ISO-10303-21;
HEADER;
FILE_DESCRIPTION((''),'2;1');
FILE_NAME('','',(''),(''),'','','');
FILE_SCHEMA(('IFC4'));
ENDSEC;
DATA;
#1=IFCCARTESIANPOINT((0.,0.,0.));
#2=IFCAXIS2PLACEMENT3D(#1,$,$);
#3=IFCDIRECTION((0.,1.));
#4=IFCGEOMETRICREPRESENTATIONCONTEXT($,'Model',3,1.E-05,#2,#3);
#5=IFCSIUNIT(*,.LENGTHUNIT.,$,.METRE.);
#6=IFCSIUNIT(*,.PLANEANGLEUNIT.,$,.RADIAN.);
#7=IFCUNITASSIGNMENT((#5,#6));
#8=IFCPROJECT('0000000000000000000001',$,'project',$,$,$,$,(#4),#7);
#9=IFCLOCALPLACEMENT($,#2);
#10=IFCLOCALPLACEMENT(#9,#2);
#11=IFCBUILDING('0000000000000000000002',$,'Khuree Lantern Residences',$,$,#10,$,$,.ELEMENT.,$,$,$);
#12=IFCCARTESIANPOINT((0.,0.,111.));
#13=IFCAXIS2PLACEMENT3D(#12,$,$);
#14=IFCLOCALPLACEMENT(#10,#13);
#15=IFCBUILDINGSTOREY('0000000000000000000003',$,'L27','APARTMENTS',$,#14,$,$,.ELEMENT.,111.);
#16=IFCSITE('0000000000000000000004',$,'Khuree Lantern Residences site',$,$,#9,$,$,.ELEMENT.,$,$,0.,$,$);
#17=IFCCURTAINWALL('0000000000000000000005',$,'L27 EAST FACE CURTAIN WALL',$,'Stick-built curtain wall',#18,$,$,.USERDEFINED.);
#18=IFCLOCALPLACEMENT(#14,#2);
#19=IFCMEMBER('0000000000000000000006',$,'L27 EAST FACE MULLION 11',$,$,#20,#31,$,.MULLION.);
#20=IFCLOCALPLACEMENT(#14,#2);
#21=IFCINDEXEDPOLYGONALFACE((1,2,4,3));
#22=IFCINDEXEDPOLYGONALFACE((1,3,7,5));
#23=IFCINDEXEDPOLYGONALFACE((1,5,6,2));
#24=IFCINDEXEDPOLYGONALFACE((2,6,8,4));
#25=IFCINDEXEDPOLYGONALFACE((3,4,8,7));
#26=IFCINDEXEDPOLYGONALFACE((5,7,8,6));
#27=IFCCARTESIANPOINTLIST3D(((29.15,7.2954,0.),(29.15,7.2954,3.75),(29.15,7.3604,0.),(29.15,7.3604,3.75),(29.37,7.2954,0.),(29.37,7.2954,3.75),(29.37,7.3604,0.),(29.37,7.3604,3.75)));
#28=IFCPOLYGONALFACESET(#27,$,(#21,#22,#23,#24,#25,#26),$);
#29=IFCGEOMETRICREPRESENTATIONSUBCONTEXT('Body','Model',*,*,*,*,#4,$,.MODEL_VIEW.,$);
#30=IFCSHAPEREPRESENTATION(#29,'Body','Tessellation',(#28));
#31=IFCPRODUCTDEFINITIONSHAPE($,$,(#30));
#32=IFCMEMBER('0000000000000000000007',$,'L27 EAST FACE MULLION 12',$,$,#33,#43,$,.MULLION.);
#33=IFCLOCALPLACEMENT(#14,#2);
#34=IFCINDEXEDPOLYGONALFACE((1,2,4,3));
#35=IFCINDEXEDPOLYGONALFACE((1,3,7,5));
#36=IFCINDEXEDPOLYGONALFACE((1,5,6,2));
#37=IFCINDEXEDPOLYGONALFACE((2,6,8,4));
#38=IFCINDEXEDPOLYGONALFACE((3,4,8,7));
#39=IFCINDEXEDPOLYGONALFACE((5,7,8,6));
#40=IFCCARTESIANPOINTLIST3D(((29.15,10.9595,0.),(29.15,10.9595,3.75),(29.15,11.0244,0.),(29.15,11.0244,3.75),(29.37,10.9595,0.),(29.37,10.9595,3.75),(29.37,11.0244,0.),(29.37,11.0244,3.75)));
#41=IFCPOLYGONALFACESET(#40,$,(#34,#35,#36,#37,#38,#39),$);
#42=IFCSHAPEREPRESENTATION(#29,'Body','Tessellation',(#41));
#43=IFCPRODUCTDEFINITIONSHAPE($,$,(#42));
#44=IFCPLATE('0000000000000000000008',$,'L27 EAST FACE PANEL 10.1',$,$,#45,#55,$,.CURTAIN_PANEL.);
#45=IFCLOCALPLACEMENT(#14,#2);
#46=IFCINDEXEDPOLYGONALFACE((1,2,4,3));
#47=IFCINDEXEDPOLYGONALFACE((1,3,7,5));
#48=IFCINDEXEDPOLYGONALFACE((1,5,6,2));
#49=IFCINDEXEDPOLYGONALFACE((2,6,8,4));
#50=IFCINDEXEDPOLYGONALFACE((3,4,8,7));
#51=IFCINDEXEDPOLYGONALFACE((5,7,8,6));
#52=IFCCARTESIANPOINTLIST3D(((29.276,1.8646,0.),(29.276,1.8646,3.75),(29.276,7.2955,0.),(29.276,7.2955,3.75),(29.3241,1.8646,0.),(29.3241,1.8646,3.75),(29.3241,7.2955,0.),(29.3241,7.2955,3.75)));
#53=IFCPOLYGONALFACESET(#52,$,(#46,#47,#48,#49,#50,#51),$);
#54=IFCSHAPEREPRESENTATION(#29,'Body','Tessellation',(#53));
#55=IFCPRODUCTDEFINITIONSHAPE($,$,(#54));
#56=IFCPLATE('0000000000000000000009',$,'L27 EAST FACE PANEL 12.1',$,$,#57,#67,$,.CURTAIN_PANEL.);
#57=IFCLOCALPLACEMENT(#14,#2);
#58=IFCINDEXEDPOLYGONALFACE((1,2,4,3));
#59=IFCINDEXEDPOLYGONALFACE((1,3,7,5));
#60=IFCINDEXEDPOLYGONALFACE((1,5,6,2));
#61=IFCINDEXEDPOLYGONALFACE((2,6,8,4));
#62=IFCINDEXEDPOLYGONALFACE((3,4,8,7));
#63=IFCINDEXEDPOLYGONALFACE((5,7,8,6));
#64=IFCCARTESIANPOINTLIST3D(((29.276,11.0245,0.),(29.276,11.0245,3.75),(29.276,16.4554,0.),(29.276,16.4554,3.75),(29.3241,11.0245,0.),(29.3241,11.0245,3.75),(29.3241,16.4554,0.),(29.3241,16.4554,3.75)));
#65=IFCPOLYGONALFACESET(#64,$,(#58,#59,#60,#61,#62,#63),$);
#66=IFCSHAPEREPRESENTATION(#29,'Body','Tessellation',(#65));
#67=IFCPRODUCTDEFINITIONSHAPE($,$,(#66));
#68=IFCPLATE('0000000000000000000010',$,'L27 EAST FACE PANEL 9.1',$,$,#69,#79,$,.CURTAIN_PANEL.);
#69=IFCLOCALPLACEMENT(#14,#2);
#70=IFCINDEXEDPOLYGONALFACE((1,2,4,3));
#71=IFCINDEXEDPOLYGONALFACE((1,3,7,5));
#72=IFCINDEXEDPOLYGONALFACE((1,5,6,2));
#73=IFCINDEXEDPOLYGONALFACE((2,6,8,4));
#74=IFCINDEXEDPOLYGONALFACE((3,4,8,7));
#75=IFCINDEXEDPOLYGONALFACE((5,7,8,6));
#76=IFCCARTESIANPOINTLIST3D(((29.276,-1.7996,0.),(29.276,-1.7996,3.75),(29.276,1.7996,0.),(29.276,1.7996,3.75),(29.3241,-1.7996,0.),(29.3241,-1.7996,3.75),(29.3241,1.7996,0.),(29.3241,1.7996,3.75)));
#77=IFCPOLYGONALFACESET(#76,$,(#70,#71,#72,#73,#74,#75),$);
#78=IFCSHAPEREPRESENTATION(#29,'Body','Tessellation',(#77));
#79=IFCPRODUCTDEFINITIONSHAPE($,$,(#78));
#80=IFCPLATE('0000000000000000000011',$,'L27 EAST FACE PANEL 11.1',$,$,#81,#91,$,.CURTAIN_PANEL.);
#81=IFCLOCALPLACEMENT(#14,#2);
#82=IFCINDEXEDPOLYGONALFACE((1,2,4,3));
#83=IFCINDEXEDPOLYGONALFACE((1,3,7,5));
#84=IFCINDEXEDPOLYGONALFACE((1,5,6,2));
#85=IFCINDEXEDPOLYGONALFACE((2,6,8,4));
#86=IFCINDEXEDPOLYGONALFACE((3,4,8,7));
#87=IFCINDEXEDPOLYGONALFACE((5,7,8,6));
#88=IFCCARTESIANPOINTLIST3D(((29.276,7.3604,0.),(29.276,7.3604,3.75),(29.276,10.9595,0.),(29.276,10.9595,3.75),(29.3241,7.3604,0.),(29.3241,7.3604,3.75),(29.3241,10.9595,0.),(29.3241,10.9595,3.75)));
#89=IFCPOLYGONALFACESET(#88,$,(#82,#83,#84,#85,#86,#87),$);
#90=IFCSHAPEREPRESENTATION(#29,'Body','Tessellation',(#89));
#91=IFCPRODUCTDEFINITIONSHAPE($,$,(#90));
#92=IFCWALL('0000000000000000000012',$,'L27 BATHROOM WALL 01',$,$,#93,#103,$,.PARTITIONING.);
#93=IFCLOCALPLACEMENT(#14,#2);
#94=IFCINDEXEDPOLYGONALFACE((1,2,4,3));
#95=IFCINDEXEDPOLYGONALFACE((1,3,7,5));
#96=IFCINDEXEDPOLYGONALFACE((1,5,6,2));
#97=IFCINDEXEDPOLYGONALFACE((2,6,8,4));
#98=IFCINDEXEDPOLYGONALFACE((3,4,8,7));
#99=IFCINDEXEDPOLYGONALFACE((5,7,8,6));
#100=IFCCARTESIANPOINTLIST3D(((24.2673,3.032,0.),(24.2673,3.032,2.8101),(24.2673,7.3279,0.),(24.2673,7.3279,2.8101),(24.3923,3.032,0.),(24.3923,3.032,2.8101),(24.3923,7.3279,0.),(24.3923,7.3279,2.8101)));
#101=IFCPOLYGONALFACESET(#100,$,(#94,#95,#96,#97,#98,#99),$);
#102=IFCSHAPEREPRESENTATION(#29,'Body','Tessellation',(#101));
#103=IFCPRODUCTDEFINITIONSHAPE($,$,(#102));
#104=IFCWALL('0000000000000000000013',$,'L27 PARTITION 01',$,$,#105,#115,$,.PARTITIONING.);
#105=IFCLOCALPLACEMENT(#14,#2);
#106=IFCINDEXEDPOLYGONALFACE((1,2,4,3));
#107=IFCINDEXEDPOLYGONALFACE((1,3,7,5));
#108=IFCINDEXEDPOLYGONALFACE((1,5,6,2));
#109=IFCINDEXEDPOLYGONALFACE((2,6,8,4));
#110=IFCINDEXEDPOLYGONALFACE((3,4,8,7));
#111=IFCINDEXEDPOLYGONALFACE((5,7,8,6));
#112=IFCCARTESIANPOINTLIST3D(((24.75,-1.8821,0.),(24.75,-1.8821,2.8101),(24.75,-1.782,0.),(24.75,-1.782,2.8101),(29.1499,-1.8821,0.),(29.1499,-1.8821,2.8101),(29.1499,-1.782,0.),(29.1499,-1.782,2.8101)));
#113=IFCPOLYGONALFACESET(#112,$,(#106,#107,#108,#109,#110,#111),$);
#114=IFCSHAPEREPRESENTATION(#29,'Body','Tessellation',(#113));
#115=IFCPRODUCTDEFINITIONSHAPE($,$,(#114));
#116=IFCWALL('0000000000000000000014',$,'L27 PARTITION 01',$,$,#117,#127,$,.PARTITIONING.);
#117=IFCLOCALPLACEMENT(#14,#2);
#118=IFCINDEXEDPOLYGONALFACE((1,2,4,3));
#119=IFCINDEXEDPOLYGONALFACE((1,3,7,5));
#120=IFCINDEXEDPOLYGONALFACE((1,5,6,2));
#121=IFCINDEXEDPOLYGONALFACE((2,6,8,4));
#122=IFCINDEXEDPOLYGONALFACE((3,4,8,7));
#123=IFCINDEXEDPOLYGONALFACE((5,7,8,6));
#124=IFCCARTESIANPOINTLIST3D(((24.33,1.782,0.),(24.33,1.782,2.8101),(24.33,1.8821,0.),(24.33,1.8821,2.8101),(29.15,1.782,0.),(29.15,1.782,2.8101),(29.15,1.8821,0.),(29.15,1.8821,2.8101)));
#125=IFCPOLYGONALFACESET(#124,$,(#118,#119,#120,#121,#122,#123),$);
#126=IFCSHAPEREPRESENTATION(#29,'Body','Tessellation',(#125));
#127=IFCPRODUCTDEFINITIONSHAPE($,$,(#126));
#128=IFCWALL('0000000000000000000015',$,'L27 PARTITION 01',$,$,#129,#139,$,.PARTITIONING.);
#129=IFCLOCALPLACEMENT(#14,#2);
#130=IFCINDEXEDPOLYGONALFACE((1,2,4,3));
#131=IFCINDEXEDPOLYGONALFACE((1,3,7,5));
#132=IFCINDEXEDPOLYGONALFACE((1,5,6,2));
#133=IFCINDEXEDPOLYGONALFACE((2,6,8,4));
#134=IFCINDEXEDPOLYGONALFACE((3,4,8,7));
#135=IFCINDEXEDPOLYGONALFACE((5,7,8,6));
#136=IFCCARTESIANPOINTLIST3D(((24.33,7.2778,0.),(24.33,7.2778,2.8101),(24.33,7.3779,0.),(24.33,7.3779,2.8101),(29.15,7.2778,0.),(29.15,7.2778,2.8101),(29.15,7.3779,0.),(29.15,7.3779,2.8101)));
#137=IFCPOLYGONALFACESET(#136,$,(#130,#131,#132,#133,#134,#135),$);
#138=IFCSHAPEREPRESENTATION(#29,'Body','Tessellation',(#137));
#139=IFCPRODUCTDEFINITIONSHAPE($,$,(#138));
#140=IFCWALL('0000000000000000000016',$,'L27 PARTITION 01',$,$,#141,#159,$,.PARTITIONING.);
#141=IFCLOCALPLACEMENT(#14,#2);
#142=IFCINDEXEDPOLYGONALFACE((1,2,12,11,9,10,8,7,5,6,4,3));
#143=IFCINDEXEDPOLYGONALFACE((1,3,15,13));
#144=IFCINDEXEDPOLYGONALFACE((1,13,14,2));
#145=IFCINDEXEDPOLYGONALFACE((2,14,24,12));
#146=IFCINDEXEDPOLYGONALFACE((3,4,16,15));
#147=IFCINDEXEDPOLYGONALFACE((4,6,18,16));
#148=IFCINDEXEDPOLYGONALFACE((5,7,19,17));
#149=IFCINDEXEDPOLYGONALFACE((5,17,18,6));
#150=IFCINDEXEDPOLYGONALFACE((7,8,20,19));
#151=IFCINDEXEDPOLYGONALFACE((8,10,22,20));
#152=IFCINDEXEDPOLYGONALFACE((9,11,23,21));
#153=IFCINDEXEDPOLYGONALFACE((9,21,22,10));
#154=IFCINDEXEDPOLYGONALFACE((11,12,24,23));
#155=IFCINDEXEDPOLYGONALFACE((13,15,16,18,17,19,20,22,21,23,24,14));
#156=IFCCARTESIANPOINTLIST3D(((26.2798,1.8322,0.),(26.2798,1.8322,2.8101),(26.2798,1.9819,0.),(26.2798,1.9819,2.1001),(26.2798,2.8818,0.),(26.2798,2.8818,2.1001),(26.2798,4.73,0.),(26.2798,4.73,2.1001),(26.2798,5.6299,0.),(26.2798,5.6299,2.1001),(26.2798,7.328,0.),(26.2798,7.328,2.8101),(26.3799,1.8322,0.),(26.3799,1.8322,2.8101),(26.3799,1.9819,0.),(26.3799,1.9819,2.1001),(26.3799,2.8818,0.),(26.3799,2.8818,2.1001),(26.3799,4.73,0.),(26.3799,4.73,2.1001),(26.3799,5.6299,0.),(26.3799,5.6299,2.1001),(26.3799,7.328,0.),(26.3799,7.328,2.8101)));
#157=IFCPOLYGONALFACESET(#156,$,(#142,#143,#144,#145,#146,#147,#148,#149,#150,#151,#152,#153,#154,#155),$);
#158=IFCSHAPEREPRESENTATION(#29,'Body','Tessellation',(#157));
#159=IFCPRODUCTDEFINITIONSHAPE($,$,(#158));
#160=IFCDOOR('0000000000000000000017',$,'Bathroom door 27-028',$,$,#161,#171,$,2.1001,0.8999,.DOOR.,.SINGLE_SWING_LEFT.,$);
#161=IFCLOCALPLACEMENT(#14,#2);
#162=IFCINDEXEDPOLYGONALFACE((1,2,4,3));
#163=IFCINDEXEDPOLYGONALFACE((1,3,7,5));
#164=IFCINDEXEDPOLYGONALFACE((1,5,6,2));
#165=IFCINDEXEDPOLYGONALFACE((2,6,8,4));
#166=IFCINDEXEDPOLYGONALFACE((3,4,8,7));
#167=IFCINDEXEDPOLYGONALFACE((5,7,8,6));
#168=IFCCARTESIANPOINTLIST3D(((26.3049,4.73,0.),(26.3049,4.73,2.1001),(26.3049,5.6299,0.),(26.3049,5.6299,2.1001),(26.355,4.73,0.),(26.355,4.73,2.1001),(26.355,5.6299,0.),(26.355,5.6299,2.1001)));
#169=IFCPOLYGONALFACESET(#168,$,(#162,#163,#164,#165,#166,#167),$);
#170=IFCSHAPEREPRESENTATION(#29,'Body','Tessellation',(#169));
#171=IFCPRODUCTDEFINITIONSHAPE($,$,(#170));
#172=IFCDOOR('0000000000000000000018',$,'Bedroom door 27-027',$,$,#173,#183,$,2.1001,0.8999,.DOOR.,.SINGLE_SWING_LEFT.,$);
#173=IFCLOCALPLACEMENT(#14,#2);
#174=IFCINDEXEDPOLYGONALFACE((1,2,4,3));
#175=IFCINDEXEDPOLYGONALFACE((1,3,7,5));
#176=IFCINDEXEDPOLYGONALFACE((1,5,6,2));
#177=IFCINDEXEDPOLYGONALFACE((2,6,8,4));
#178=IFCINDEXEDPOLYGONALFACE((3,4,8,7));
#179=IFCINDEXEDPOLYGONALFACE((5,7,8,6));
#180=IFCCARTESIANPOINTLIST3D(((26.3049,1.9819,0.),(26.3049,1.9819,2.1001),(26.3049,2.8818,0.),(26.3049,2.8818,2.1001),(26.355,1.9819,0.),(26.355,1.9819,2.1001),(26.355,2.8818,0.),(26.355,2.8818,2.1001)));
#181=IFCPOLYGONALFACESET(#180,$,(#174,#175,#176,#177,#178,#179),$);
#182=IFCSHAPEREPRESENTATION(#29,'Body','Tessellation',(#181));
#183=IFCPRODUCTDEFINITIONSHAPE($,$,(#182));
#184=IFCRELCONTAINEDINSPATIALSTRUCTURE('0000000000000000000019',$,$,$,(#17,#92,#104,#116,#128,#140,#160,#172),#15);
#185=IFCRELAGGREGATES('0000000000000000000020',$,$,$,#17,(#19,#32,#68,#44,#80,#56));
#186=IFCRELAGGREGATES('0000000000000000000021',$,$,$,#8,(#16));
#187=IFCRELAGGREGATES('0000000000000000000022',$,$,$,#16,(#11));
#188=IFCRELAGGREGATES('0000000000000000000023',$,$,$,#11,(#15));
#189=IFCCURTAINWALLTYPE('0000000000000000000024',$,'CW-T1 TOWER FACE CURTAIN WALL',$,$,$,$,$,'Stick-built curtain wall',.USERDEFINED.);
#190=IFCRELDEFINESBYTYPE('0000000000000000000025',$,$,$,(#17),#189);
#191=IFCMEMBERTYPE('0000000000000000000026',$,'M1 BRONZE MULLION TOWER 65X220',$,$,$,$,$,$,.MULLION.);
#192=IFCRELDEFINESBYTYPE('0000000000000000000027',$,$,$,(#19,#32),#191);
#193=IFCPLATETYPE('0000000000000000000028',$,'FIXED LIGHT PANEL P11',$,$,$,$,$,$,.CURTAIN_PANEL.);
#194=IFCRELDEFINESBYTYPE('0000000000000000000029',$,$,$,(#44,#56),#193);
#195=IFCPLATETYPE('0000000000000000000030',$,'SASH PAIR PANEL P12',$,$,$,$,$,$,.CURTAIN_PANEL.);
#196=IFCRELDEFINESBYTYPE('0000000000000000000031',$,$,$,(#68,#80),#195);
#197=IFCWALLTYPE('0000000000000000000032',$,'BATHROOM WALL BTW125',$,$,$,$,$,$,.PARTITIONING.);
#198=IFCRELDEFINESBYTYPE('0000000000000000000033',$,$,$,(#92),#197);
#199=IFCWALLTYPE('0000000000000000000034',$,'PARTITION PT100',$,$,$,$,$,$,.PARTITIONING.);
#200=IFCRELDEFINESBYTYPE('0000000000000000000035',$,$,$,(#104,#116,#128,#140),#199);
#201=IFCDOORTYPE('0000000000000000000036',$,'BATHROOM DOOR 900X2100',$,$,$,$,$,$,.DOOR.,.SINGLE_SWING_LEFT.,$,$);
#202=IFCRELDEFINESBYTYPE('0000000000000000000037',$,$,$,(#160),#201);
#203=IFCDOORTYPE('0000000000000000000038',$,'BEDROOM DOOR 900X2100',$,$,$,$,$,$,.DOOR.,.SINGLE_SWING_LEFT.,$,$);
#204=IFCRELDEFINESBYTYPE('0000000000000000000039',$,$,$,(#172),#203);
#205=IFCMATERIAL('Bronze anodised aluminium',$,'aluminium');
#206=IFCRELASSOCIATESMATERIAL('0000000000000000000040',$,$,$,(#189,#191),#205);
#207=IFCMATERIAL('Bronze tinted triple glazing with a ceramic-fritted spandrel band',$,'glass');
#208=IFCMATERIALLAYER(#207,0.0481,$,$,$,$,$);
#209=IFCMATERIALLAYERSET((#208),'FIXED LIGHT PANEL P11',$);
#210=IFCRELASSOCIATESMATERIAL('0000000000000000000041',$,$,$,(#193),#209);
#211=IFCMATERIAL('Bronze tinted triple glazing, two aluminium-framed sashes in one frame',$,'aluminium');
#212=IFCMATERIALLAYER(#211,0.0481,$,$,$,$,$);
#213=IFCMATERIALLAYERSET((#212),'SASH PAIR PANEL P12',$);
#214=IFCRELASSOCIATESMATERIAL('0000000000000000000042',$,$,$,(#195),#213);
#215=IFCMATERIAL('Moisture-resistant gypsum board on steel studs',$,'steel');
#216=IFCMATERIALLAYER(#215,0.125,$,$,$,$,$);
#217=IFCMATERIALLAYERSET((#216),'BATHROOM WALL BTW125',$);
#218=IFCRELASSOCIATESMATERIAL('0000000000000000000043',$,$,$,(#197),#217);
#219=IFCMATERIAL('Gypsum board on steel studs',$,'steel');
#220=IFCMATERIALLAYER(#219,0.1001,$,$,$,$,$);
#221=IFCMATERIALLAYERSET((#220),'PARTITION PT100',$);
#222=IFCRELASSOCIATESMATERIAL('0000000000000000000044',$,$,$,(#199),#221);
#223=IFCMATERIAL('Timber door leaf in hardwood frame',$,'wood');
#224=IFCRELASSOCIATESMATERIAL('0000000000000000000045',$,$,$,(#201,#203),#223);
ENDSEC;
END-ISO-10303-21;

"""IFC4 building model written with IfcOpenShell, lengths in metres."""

from ifc_helpers import new_model, si_unit, direction, frame, frame_2d, origin, origin_2d, place, context, subcontext, project, spatial, rectangle, extrude, material, layer, layer_set, material_profile, profile_set, type_object, element, fill, aggregate, save


model = new_model("IFC4")

# Units and contexts
model_context = context("Model", 3, precision=1e-05, world=origin(), true_north=direction((0.0, 1.0)))
body_context = subcontext(model_context, "Body", "Model", "MODEL_VIEW")
ifc_project = project(units=[si_unit("LENGTHUNIT", "METRE"), si_unit("PLANEANGLEUNIT", "RADIAN")], contexts=[model_context])

# Site, building, storey
site_placement = place(None, origin())
site = spatial("IfcSite", under=ifc_project, at=site_placement, Name="Khuree Lantern Residences site", CompositionType="ELEMENT", RefElevation=0.0)
building_placement = place(site_placement, origin())
building = spatial("IfcBuilding", under=site, at=building_placement, Name="Khuree Lantern Residences", CompositionType="ELEMENT")
storey_placement = place(building_placement, frame((0.0, 0.0, 111.0)))
storey = spatial("IfcBuildingStorey", under=building, at=storey_placement, Name="L27", Description="APARTMENTS", CompositionType="ELEMENT", Elevation=111.0)

# Curtain wall
ifc_material_1 = material(Name="Bronze anodised aluminium", Category="aluminium")
curtain_wall_type = type_object("IfcCurtainWallType", Name="CW-T1 TOWER FACE CURTAIN WALL", ElementType="Stick-built curtain wall", PredefinedType="USERDEFINED", material=ifc_material_1)
curtain_wall_placement = place(storey_placement, origin())
curtain_wall = element("IfcCurtainWall", 1, at=curtain_wall_placement, inside=storey, type_object=curtain_wall_type, Name="L27 EAST FACE CURTAIN WALL", ObjectType="Stick-built curtain wall", PredefinedType="USERDEFINED")

# Members
ifc_material_profile_1 = material_profile(ifc_material_1, rectangle(XDim=0.0649, YDim=0.22, at=origin_2d()), Name="M1 65X220")
ifc_profile_set_1 = profile_set([ifc_material_profile_1], Name="Bronze anodised aluminium")
member_type_1 = type_object("IfcMemberType", Name="M1 BRONZE MULLION TOWER 65X220", PredefinedType="MULLION", material=ifc_profile_set_1)
member_1_placement = place(storey_placement, frame((29.26, 7.3279, 0.0), z_axis=(0.0, 0.0, 1.0), x_axis=(0.0, 1.0, 0.0)))
member_1 = element("IfcMember", 2, at=member_1_placement, type_object=member_type_1, Name="L27 EAST FACE MULLION 11", PredefinedType="MULLION", context=body_context, shape_type="SweptSolid", body=[
    extrude(rectangle(XDim=0.0649, YDim=0.22, at=origin_2d()), origin(), (0.0, 0.0, 1.0), 3.75),
])
member_2_placement = place(storey_placement, frame((29.26, 10.9919, 0.0), z_axis=(0.0, 0.0, 1.0), x_axis=(0.0, 1.0, 0.0)))
member_2 = element("IfcMember", 3, at=member_2_placement, type_object=member_type_1, Name="L27 EAST FACE MULLION 12", PredefinedType="MULLION", context=body_context, shape_type="SweptSolid", body=[
    extrude(rectangle(XDim=0.0649, YDim=0.22, at=origin_2d()), origin(), (0.0, 0.0, 1.0), 3.75),
])

# Plates
ifc_material_2 = material(Name="Bronze tinted triple glazing with a ceramic-fritted spandrel band", Category="glass")
ifc_layer_1 = layer(ifc_material_2, 0.0481)
ifc_layer_set_1 = layer_set([ifc_layer_1], Name="FIXED LIGHT PANEL P11")
plate_type_1 = type_object("IfcPlateType", Name="FIXED LIGHT PANEL P11", PredefinedType="CURTAIN_PANEL", material=ifc_layer_set_1)
plate_1_placement = place(storey_placement, frame((29.3, 4.5801, 0.0), z_axis=(0.0, 0.0, 1.0), x_axis=(0.0, 1.0, 0.0)))
plate_1 = element("IfcPlate", 4, at=plate_1_placement, type_object=plate_type_1, Name="L27 EAST FACE PANEL 10.1", PredefinedType="CURTAIN_PANEL", context=body_context, shape_type="SweptSolid", body=[
    extrude(rectangle(XDim=5.4309, YDim=0.0481, at=origin_2d()), origin(), (0.0, 0.0, 1.0), 3.75),
])
plate_2_placement = place(storey_placement, frame((29.3, 13.74, 0.0), z_axis=(0.0, 0.0, 1.0), x_axis=(0.0, 1.0, 0.0)))
plate_2 = element("IfcPlate", 5, at=plate_2_placement, type_object=plate_type_1, Name="L27 EAST FACE PANEL 12.1", PredefinedType="CURTAIN_PANEL", context=body_context, shape_type="SweptSolid", body=[
    extrude(rectangle(XDim=5.4309, YDim=0.0481, at=origin_2d()), origin(), (0.0, 0.0, 1.0), 3.75),
])
ifc_material_3 = material(Name="Bronze tinted triple glazing, two aluminium-framed sashes in one frame", Category="aluminium")
ifc_layer_2 = layer(ifc_material_3, 0.0481)
ifc_layer_set_2 = layer_set([ifc_layer_2], Name="SASH PAIR PANEL P12")
plate_type_2 = type_object("IfcPlateType", Name="SASH PAIR PANEL P12", PredefinedType="CURTAIN_PANEL", material=ifc_layer_set_2)
plate_3_placement = place(storey_placement, frame((29.3, 0.0, 0.0), z_axis=(0.0, 0.0, 1.0), x_axis=(0.0, 1.0, 0.0)))
plate_3 = element("IfcPlate", 6, at=plate_3_placement, type_object=plate_type_2, Name="L27 EAST FACE PANEL 9.1", PredefinedType="CURTAIN_PANEL", context=body_context, shape_type="SweptSolid", body=[
    extrude(rectangle(XDim=3.5991, YDim=0.0481, at=origin_2d()), origin(), (0.0, 0.0, 1.0), 3.75),
])
plate_4_placement = place(storey_placement, frame((29.3, 9.1599, 0.0), z_axis=(0.0, 0.0, 1.0), x_axis=(0.0, 1.0, 0.0)))
plate_4 = element("IfcPlate", 7, at=plate_4_placement, type_object=plate_type_2, Name="L27 EAST FACE PANEL 11.1", PredefinedType="CURTAIN_PANEL", context=body_context, shape_type="SweptSolid", body=[
    extrude(rectangle(XDim=3.5991, YDim=0.0481, at=origin_2d()), origin(), (0.0, 0.0, 1.0), 3.75),
])
aggregate(curtain_wall, [member_1, member_2, plate_3, plate_1, plate_4, plate_2])

# Walls
ifc_material_4 = material(Name="Moisture-resistant gypsum board on steel studs", Category="steel")
ifc_layer_3 = layer(ifc_material_4, 0.125)
ifc_layer_set_3 = layer_set([ifc_layer_3], Name="BATHROOM WALL BTW125")
wall_type_1 = type_object("IfcWallType", Name="BATHROOM WALL BTW125", PredefinedType="PARTITIONING", material=ifc_layer_set_3)
wall_1_placement = place(storey_placement, frame((24.3298, 3.032, 0.0), z_axis=(0.0, 0.0, 1.0), x_axis=(0.0, 1.0, 0.0)))
element("IfcWall", 8, at=wall_1_placement, inside=storey, type_object=wall_type_1, Name="L27 BATHROOM WALL 01", PredefinedType="PARTITIONING", context=body_context, shape_type="SweptSolid", body=[
    extrude(rectangle(XDim=4.2959, YDim=0.125, at=frame_2d((2.1479, 0.0))), origin(), (0.0, 0.0, 1.0), 2.8101),
])
ifc_material_5 = material(Name="Gypsum board on steel studs", Category="steel")
ifc_layer_4 = layer(ifc_material_5, 0.1001)
ifc_layer_set_4 = layer_set([ifc_layer_4], Name="PARTITION PT100")
wall_type_2 = type_object("IfcWallType", Name="PARTITION PT100", PredefinedType="PARTITIONING", material=ifc_layer_set_4)
wall_2_placement = place(storey_placement, frame((24.75, -1.832, 0.0), z_axis=(0.0, 0.0, 1.0), x_axis=(1.0, 0.0, 0.0)))
element("IfcWall", 9, at=wall_2_placement, inside=storey, type_object=wall_type_2, Name="L27 PARTITION 01", PredefinedType="PARTITIONING", context=body_context, shape_type="SweptSolid", body=[
    extrude(rectangle(XDim=4.3999, YDim=0.1001, at=frame_2d((2.2, 0.0))), origin(), (0.0, 0.0, 1.0), 2.8101),
])
for number, where, z_axis, x_axis, name in (
    (10, (24.3298, 1.832, 0.0), (0.0, 0.0, 1.0), (1.0, 0.0, 0.0), "L27 PARTITION 01"),
    (11, (24.3298, 7.3279, 0.0), (0.0, 0.0, 1.0), (1.0, 0.0, 0.0), "L27 PARTITION 01"),
):
    element("IfcWall", number, at=place(storey_placement, frame(where, z_axis=z_axis, x_axis=x_axis)), inside=storey, type_object=wall_type_2, Name=name, PredefinedType="PARTITIONING", context=body_context, shape_type="SweptSolid", body=[
        extrude(rectangle(XDim=4.8201, YDim=0.1001, at=frame_2d((2.4102, 0.0))), origin(), (0.0, 0.0, 1.0), 2.8101),
    ])

# Wall, openings, doors
wall_3_placement = place(storey_placement, frame((26.3298, 1.832, 0.0), z_axis=(0.0, 0.0, 1.0), x_axis=(0.0, 1.0, 0.0)))
wall_3 = element("IfcWall", 12, at=wall_3_placement, inside=storey, type_object=wall_type_2, Name="L27 PARTITION 01", PredefinedType="PARTITIONING", context=body_context, shape_type="SweptSolid", body=[
    extrude(rectangle(XDim=5.4958, YDim=0.1001, at=frame_2d((2.748, 0.0))), origin(), (0.0, 0.0, 1.0), 2.8101),
])
opening_1_placement = place(wall_3_placement, frame((0.1499, 0.0, 0.0)))
opening_1 = element("IfcOpeningElement", 13, at=opening_1_placement, cuts=wall_3, PredefinedType="OPENING", context=body_context, shape_type="SweptSolid", body=[
    extrude(rectangle(XDim=0.8999, YDim=2.1001, at=frame_2d((0.45, 1.05))), frame((0.0, 0.0601, 0.0), z_axis=(0.0, -1.0, 0.0), x_axis=(1.0, 0.0, 0.0)), (0.0, 0.0, 1.0), 0.1201),
])
opening_2_placement = place(wall_3_placement, frame((2.8979, 0.0, 0.0)))
opening_2 = element("IfcOpeningElement", 14, at=opening_2_placement, cuts=wall_3, PredefinedType="OPENING", context=body_context, shape_type="SweptSolid", body=[
    extrude(rectangle(XDim=0.8999, YDim=2.1001, at=frame_2d((0.45, 1.05))), frame((0.0, 0.0601, 0.0), z_axis=(0.0, -1.0, 0.0), x_axis=(1.0, 0.0, 0.0)), (0.0, 0.0, 1.0), 0.1201),
])
ifc_material_6 = material(Name="Timber door leaf in hardwood frame", Category="wood")
door_type_1 = type_object("IfcDoorType", Name="BATHROOM DOOR 900X2100", OperationType="SINGLE_SWING_LEFT", PredefinedType="DOOR", material=ifc_material_6)
door_1_placement = place(opening_2_placement, origin())
door_1 = element("IfcDoor", 15, at=door_1_placement, inside=storey, type_object=door_type_1, Name="Bathroom door 27-028", OperationType="SINGLE_SWING_LEFT", OverallHeight=2.1001, OverallWidth=0.8999, PredefinedType="DOOR", context=body_context, shape_type="SweptSolid", body=[
    extrude(rectangle(XDim=0.8999, YDim=2.1001, at=frame_2d((0.45, 1.05))), frame((0.0, 0.0249, 0.0), z_axis=(0.0, -1.0, 0.0), x_axis=(1.0, 0.0, 0.0)), (0.0, 0.0, 1.0), 0.05),
])
fill(opening_2, door_1)
door_type_2 = type_object("IfcDoorType", Name="BEDROOM DOOR 900X2100", OperationType="SINGLE_SWING_LEFT", PredefinedType="DOOR", material=ifc_material_6)
door_2_placement = place(opening_1_placement, origin())
door_2 = element("IfcDoor", 16, at=door_2_placement, inside=storey, type_object=door_type_2, Name="Bedroom door 27-027", OperationType="SINGLE_SWING_LEFT", OverallHeight=2.1001, OverallWidth=0.8999, PredefinedType="DOOR", context=body_context, shape_type="SweptSolid", body=[
    extrude(rectangle(XDim=0.8999, YDim=2.1001, at=frame_2d((0.45, 1.05))), frame((0.0, 0.0249, 0.0), z_axis=(0.0, -1.0, 0.0), x_axis=(1.0, 0.0, 0.0)), (0.0, 0.0, 1.0), 0.05),
])
fill(opening_1, door_2)

save(model, "model.ifc")
